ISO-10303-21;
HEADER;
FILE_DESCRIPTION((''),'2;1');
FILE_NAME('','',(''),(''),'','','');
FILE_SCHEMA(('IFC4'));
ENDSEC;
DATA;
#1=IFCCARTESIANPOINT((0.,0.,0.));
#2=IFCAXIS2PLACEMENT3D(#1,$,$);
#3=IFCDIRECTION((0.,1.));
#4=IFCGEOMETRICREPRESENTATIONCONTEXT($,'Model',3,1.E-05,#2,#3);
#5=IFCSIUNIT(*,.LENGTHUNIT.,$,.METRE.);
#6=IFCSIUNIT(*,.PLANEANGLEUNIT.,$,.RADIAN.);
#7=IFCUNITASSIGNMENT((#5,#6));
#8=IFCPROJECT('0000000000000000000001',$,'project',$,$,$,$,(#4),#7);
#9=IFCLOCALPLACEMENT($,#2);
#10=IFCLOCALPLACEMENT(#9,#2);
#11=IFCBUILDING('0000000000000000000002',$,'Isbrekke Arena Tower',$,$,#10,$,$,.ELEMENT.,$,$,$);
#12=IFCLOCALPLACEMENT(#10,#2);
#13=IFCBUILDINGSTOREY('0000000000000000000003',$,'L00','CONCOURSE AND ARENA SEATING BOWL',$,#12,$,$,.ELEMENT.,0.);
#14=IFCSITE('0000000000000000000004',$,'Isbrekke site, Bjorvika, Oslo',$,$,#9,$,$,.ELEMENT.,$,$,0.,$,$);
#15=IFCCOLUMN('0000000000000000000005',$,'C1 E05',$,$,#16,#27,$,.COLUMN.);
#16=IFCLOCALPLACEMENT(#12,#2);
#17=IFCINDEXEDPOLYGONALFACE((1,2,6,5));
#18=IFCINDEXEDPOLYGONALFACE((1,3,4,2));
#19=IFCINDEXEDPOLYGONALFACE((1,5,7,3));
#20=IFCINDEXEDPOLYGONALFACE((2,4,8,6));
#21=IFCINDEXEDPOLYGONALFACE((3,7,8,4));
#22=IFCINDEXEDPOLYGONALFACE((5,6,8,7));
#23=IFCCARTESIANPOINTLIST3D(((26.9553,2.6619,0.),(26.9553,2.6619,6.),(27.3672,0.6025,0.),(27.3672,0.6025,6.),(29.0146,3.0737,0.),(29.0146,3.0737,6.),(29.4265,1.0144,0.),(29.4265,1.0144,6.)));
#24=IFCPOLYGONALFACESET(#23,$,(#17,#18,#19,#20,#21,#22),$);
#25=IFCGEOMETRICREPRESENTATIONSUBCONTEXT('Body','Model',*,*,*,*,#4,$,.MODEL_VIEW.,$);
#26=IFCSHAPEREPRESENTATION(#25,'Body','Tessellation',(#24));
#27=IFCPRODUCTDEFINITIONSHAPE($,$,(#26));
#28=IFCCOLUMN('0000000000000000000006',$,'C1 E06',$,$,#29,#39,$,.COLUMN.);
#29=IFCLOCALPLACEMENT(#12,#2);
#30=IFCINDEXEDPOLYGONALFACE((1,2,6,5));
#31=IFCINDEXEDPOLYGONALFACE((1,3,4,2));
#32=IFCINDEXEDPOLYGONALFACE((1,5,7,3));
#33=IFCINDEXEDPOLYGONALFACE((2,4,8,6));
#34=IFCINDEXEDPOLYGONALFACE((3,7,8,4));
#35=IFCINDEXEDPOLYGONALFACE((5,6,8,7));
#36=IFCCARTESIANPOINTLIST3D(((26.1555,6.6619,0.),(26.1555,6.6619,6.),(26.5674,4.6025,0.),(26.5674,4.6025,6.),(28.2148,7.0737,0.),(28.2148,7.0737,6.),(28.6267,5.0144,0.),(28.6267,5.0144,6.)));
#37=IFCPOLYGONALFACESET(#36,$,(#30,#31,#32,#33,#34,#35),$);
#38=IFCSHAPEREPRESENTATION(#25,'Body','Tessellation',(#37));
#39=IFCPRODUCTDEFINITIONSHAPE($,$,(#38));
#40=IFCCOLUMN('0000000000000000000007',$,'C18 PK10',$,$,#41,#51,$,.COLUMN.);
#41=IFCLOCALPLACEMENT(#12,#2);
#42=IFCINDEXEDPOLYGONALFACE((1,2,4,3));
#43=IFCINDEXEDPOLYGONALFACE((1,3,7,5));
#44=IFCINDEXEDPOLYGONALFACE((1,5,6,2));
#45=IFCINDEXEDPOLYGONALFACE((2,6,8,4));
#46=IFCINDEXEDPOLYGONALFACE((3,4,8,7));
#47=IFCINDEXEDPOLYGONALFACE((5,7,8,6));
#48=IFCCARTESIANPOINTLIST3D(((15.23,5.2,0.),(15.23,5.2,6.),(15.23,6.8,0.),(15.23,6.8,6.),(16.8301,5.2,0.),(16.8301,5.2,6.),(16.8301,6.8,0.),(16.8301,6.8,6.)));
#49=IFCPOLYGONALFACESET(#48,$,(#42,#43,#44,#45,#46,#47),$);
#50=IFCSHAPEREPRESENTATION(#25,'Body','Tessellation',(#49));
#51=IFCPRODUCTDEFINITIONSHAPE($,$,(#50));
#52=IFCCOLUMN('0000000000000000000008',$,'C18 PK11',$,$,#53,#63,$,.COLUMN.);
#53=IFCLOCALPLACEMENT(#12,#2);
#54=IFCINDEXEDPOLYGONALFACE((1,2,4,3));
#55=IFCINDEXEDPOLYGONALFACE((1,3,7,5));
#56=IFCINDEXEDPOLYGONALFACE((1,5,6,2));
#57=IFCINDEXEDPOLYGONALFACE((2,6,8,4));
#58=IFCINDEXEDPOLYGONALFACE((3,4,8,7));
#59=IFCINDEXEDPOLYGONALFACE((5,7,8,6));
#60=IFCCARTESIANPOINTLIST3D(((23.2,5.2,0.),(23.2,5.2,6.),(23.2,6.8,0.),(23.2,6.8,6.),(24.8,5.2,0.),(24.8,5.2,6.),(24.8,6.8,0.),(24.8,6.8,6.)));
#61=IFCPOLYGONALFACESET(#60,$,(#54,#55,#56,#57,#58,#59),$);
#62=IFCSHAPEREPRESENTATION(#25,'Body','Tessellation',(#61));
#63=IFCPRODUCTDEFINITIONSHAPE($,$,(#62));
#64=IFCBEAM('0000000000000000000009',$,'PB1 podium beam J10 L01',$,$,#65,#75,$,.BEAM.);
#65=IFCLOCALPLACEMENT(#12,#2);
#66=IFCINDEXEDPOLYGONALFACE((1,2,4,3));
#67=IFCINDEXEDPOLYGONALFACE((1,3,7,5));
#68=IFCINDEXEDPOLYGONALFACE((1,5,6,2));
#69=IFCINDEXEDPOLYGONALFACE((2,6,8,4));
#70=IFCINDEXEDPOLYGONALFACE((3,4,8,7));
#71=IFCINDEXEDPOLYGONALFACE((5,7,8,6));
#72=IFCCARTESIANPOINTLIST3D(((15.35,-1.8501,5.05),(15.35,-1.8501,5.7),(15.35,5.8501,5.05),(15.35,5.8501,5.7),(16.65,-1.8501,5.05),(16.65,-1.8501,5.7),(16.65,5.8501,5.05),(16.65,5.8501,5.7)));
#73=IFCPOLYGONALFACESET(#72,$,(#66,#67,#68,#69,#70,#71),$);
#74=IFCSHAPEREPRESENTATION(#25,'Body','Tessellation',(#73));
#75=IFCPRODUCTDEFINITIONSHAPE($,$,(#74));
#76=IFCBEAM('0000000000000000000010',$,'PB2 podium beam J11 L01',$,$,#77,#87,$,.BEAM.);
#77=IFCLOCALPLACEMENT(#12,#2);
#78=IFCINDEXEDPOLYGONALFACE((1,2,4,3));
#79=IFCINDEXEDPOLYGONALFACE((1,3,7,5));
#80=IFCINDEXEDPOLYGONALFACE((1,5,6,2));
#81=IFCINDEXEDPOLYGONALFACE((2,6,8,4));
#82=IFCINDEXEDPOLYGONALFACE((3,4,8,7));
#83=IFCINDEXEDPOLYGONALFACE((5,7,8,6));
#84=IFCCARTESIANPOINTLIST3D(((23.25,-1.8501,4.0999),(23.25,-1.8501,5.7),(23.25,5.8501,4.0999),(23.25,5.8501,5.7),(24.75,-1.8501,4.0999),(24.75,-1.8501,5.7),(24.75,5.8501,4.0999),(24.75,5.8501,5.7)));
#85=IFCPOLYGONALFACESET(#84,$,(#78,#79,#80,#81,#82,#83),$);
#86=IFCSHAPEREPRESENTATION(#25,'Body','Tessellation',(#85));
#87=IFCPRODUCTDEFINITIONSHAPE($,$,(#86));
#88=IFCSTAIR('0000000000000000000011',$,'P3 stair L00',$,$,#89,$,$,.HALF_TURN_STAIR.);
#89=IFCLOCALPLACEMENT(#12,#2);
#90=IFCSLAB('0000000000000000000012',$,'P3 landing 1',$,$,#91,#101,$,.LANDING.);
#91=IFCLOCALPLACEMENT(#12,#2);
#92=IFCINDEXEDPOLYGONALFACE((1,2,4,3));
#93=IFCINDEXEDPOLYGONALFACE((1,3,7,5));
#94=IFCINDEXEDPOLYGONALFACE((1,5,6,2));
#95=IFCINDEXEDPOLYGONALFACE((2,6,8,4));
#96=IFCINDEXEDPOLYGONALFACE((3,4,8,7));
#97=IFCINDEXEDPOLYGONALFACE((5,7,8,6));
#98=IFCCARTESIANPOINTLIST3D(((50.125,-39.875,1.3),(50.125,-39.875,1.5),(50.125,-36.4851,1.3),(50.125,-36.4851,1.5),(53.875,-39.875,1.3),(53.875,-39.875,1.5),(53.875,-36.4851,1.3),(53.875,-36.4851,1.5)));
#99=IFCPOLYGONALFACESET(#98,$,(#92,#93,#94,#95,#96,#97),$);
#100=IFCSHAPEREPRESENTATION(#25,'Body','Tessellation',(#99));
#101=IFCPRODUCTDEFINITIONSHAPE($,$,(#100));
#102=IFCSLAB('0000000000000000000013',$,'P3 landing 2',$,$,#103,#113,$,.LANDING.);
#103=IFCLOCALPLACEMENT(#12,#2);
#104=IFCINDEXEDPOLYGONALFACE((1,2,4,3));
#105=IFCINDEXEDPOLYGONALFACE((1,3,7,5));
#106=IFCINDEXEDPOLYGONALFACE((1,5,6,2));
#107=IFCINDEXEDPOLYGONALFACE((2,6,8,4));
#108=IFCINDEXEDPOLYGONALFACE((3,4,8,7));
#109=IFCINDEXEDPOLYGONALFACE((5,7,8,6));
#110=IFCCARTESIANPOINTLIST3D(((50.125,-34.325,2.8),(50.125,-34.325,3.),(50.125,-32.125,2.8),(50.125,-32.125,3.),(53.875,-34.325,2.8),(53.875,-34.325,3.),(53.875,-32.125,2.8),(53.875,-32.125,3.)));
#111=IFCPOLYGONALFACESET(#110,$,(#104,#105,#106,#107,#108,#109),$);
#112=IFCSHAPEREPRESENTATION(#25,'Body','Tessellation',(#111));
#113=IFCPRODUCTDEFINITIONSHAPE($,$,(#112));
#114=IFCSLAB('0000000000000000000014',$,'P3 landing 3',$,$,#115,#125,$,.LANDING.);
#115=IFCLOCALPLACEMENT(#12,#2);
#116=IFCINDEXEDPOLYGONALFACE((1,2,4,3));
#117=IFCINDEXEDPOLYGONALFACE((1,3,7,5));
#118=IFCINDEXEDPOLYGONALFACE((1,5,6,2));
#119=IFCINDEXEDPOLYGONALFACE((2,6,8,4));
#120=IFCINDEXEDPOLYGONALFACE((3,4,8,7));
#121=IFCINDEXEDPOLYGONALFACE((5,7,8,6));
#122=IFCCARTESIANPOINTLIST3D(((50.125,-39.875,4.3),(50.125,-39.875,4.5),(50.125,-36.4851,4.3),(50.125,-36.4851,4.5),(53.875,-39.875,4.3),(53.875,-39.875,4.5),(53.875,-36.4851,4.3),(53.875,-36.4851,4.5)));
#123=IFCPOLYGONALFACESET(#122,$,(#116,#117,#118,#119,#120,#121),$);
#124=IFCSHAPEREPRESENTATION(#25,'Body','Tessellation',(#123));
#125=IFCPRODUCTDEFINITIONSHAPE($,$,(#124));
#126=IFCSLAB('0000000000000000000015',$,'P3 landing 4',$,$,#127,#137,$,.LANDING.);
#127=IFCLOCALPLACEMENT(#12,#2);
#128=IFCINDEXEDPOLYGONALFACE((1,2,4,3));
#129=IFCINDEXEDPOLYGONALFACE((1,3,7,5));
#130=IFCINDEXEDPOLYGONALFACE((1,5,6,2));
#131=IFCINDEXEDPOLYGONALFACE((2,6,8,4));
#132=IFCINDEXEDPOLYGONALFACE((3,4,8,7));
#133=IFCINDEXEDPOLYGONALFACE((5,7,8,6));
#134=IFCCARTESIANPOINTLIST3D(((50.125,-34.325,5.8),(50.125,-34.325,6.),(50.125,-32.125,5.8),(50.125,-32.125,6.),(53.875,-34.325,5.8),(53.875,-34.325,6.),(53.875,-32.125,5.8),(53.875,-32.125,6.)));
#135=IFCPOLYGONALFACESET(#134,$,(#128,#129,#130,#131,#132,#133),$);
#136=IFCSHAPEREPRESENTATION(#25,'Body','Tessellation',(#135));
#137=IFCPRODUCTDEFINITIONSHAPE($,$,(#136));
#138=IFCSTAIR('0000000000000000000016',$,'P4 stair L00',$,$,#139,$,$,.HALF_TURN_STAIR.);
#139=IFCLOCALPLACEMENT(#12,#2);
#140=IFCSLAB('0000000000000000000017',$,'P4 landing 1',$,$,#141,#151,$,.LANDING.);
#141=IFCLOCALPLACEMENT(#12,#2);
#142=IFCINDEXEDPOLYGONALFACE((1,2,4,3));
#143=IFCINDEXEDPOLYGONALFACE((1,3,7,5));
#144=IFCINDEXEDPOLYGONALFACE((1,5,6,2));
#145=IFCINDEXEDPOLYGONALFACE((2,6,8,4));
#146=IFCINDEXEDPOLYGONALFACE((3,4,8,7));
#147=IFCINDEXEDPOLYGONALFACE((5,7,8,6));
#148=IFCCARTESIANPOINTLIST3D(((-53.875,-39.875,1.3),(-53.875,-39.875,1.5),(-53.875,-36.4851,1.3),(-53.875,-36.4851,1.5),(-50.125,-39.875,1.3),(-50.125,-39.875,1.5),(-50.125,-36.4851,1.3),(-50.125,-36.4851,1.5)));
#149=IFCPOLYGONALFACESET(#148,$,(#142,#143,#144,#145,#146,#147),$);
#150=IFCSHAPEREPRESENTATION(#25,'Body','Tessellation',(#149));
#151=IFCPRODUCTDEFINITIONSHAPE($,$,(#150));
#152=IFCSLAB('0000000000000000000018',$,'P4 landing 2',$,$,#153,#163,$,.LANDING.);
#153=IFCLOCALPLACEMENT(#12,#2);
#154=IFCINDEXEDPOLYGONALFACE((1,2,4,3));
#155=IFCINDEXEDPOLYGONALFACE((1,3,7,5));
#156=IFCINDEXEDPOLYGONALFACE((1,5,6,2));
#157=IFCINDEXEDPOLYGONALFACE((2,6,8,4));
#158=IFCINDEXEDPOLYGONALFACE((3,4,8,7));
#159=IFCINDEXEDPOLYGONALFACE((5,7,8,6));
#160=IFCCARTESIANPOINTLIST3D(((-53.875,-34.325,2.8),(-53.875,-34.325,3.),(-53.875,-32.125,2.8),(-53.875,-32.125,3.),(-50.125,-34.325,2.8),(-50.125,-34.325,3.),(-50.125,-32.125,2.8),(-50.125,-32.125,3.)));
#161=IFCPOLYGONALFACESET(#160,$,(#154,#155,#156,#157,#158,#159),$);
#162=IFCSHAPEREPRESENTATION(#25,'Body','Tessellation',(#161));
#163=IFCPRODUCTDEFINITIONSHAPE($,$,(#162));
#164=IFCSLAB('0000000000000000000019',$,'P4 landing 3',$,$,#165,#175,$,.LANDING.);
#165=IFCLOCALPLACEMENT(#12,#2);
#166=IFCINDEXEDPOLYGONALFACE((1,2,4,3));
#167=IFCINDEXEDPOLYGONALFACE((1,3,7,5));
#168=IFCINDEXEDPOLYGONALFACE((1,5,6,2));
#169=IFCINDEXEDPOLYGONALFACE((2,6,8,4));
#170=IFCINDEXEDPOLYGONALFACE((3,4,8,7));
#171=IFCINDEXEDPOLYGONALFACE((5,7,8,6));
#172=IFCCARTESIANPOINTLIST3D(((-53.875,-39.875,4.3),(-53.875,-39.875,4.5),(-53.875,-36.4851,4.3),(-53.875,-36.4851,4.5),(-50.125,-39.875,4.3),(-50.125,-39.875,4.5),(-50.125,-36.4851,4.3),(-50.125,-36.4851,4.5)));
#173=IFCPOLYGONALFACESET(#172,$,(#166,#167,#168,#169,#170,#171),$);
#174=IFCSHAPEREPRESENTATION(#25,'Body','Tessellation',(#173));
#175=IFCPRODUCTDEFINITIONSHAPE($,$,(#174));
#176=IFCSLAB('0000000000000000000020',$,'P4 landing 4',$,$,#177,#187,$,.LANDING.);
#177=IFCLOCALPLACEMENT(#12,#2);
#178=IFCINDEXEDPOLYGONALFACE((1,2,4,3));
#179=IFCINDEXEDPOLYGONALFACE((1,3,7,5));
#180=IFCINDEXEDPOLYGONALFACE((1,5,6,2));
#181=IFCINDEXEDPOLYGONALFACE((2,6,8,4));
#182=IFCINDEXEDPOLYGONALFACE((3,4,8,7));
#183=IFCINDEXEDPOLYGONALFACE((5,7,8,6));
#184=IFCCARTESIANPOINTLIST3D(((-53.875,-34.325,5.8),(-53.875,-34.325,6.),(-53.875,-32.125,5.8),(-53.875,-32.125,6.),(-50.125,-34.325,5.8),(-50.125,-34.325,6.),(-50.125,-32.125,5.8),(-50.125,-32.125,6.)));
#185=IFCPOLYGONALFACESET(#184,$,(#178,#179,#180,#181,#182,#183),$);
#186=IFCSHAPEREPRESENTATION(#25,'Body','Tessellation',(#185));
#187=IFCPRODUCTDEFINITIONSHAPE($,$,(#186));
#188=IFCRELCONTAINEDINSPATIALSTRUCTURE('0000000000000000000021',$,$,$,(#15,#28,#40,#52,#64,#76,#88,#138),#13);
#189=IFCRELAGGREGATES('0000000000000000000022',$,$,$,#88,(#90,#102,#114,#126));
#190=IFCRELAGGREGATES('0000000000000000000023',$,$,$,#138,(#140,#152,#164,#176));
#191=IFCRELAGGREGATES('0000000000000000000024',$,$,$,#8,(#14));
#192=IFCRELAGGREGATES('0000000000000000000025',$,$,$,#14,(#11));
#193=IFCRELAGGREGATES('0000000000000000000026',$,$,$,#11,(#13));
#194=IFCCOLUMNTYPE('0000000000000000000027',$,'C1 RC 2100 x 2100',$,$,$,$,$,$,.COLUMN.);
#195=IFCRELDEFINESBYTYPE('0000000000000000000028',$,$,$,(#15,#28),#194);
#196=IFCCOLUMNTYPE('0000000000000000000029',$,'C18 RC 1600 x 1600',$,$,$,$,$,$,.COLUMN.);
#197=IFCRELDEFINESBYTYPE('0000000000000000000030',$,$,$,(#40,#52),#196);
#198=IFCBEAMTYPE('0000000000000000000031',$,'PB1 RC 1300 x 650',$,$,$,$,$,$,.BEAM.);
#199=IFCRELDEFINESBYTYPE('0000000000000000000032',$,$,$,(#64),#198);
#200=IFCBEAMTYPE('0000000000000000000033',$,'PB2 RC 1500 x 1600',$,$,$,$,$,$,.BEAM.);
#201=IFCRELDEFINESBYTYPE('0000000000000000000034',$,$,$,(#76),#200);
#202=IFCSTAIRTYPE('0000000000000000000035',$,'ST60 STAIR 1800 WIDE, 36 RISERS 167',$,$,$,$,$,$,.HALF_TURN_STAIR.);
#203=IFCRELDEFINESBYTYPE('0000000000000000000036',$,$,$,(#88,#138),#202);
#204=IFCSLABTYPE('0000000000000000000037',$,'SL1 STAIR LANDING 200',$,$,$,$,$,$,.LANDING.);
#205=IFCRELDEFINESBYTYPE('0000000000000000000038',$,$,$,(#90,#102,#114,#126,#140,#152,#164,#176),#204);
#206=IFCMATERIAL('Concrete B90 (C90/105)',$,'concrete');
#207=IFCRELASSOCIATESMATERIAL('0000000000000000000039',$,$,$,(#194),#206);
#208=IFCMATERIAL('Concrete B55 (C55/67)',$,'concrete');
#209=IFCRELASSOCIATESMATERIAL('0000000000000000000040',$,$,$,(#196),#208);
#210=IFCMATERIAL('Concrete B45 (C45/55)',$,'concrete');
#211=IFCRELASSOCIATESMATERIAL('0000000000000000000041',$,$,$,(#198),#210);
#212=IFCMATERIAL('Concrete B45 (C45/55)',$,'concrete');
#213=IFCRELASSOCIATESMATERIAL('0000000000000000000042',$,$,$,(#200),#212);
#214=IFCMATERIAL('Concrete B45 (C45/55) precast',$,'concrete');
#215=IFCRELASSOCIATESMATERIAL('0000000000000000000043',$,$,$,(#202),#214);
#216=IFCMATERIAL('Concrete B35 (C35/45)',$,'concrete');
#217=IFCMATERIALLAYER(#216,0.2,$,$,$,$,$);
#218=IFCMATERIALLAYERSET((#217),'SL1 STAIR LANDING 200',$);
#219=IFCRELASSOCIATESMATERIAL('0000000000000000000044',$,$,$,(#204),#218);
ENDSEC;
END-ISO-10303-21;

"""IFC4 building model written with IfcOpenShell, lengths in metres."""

from ifc_helpers import new_model, si_unit, direction, frame, origin, origin_2d, place, context, subcontext, project, spatial, polyline, rectangle, outline, extrude, material, layer, layer_set, material_profile, profile_set, type_object, element, aggregate, save


model = new_model("IFC4")

# Units and contexts
model_context = context("Model", 3, precision=1e-05, world=origin(), true_north=direction((0.0, 1.0)))
body_context = subcontext(model_context, "Body", "Model", "MODEL_VIEW")
ifc_project = project(units=[si_unit("LENGTHUNIT", "METRE"), si_unit("PLANEANGLEUNIT", "RADIAN")], contexts=[model_context])

# Site, building, storey
site_placement = place(None, origin())
site = spatial("IfcSite", under=ifc_project, at=site_placement, Name="Isbrekke site, Bjorvika, Oslo", CompositionType="ELEMENT", RefElevation=0.0)
building_placement = place(site_placement, origin())
building = spatial("IfcBuilding", under=site, at=building_placement, Name="Isbrekke Arena Tower", CompositionType="ELEMENT")
storey_placement = place(building_placement, origin())
storey = spatial("IfcBuildingStorey", under=building, at=storey_placement, Name="L00", Description="CONCOURSE AND ARENA SEATING BOWL", CompositionType="ELEMENT", Elevation=0.0)

# Columns
ifc_material_1 = material(Name="Concrete B90 (C90/105)", Category="concrete")
ifc_material_profile_1 = material_profile(ifc_material_1, rectangle(XDim=2.1001, YDim=2.1001, at=origin_2d()), Name="RC 2100x2100")
ifc_profile_set_1 = profile_set([ifc_material_profile_1], Name="Concrete B90 (C90/105)")
column_type_1 = type_object("IfcColumnType", Name="C1 RC 2100 x 2100", PredefinedType="COLUMN", material=ifc_profile_set_1)
for number, where, z_axis, x_axis, name in (
    (1, (28.1909, 1.8381, 0.0), (0.0, 0.0, 1.0), (-0.196116, 0.980581, 0.0), "C1 E05"),
    (2, (27.3911, 5.8381, 0.0), (0.0, 0.0, 1.0), (-0.196116, 0.980581, 0.0), "C1 E06"),
):
    element("IfcColumn", number, at=place(storey_placement, frame(where, z_axis=z_axis, x_axis=x_axis)), inside=storey, type_object=column_type_1, Name=name, PredefinedType="COLUMN", context=body_context, shape_type="SweptSolid", body=[
        extrude(rectangle(XDim=2.1001, YDim=2.1001, at=origin_2d()), origin(), (0.0, 0.0, 1.0), 6.0),
    ])
ifc_material_2 = material(Name="Concrete B55 (C55/67)", Category="concrete")
ifc_material_profile_2 = material_profile(ifc_material_2, rectangle(XDim=1.6001, YDim=1.6001, at=origin_2d()), Name="RC 1600x1600")
ifc_profile_set_2 = profile_set([ifc_material_profile_2], Name="Concrete B55 (C55/67)")
column_type_2 = type_object("IfcColumnType", Name="C18 RC 1600 x 1600", PredefinedType="COLUMN", material=ifc_profile_set_2)
for number, where, z_axis, x_axis, name in (
    (3, (16.03, 6.0, 0.0), (0.0, 0.0, 1.0), (1.0, 0.0, 0.0), "C18 PK10"),
    (4, (24.0, 6.0, 0.0), (0.0, 0.0, 1.0), (1.0, 0.0, 0.0), "C18 PK11"),
):
    element("IfcColumn", number, at=place(storey_placement, frame(where, z_axis=z_axis, x_axis=x_axis)), inside=storey, type_object=column_type_2, Name=name, PredefinedType="COLUMN", context=body_context, shape_type="SweptSolid", body=[
        extrude(rectangle(XDim=1.6001, YDim=1.6001, at=origin_2d()), origin(), (0.0, 0.0, 1.0), 6.0),
    ])

# Beams
ifc_material_3 = material(Name="Concrete B45 (C45/55)", Category="concrete")
ifc_material_profile_3 = material_profile(ifc_material_3, rectangle(XDim=1.3, YDim=0.6499, at=origin_2d()), Name="RC 1300x650")
ifc_profile_set_3 = profile_set([ifc_material_profile_3], Name="Concrete B45 (C45/55)")
beam_type_1 = type_object("IfcBeamType", Name="PB1 RC 1300 x 650", PredefinedType="BEAM", material=ifc_profile_set_3)
beam_1_placement = place(storey_placement, frame((16.0, -1.8501, 5.375), z_axis=(0.0, 1.0, 0.0), x_axis=(-1.0, 0.0, 0.0)))
element("IfcBeam", 5, at=beam_1_placement, inside=storey, type_object=beam_type_1, Name="PB1 podium beam J10 L01", PredefinedType="BEAM", context=body_context, shape_type="SweptSolid", body=[
    extrude(rectangle(XDim=1.3, YDim=0.6499, at=origin_2d()), origin(), (0.0, 0.0, 1.0), 7.7002),
])
ifc_material_4 = material(Name="Concrete B45 (C45/55)", Category="concrete")
ifc_material_profile_4 = material_profile(ifc_material_4, rectangle(XDim=1.5, YDim=1.6001, at=origin_2d()), Name="RC 1500x1600")
ifc_profile_set_4 = profile_set([ifc_material_profile_4], Name="Concrete B45 (C45/55)")
beam_type_2 = type_object("IfcBeamType", Name="PB2 RC 1500 x 1600", PredefinedType="BEAM", material=ifc_profile_set_4)
beam_2_placement = place(storey_placement, frame((24.0, -1.8501, 4.8999), z_axis=(0.0, 1.0, 0.0), x_axis=(-1.0, 0.0, 0.0)))
element("IfcBeam", 6, at=beam_2_placement, inside=storey, type_object=beam_type_2, Name="PB2 podium beam J11 L01", PredefinedType="BEAM", context=body_context, shape_type="SweptSolid", body=[
    extrude(rectangle(XDim=1.5, YDim=1.6001, at=origin_2d()), origin(), (0.0, 0.0, 1.0), 7.7002),
])

# Stairs, slabs
ifc_material_5 = material(Name="Concrete B45 (C45/55) precast", Category="concrete")
stair_type_1 = type_object("IfcStairType", Name="ST60 STAIR 1800 WIDE, 36 RISERS 167", PredefinedType="HALF_TURN_STAIR", material=ifc_material_5)
stair_1_placement = place(storey_placement, origin())
stair_1 = element("IfcStair", 7, at=stair_1_placement, inside=storey, type_object=stair_type_1, Name="P3 stair L00", PredefinedType="HALF_TURN_STAIR")
ifc_material_6 = material(Name="Concrete B35 (C35/45)", Category="concrete")
ifc_layer_1 = layer(ifc_material_6, 0.2)
ifc_layer_set_1 = layer_set([ifc_layer_1], Name="SL1 STAIR LANDING 200")
slab_type_1 = type_object("IfcSlabType", Name="SL1 STAIR LANDING 200", PredefinedType="LANDING", material=ifc_layer_set_1)
slab_1_placement = place(storey_placement, frame((0.0, 0.0, 1.3)))
slab_1 = element("IfcSlab", 8, at=slab_1_placement, type_object=slab_type_1, Name="P3 landing 1", PredefinedType="LANDING", context=body_context, shape_type="SweptSolid", body=[
    extrude(outline(polyline([(50.125, -39.875), (53.875, -39.875), (53.875, -36.4851), (50.125, -36.4851), (50.125, -39.875)])), origin(), (0.0, 0.0, 1.0), 0.2),
])
slab_2_placement = place(storey_placement, frame((0.0, 0.0, 2.8)))
slab_2 = element("IfcSlab", 9, at=slab_2_placement, type_object=slab_type_1, Name="P3 landing 2", PredefinedType="LANDING", context=body_context, shape_type="SweptSolid", body=[
    extrude(outline(polyline([(50.125, -34.325), (53.875, -34.325), (53.875, -32.125), (50.125, -32.125), (50.125, -34.325)])), origin(), (0.0, 0.0, 1.0), 0.2),
])
slab_3_placement = place(storey_placement, frame((0.0, 0.0, 4.3)))
slab_3 = element("IfcSlab", 10, at=slab_3_placement, type_object=slab_type_1, Name="P3 landing 3", PredefinedType="LANDING", context=body_context, shape_type="SweptSolid", body=[
    extrude(outline(polyline([(50.125, -39.875), (53.875, -39.875), (53.875, -36.4851), (50.125, -36.4851), (50.125, -39.875)])), origin(), (0.0, 0.0, 1.0), 0.2),
])
slab_4_placement = place(storey_placement, frame((0.0, 0.0, 5.8)))
slab_4 = element("IfcSlab", 11, at=slab_4_placement, type_object=slab_type_1, Name="P3 landing 4", PredefinedType="LANDING", context=body_context, shape_type="SweptSolid", body=[
    extrude(outline(polyline([(50.125, -34.325), (53.875, -34.325), (53.875, -32.125), (50.125, -32.125), (50.125, -34.325)])), origin(), (0.0, 0.0, 1.0), 0.2),
])
aggregate(stair_1, [slab_1, slab_2, slab_3, slab_4])
stair_2_placement = place(storey_placement, origin())
stair_2 = element("IfcStair", 12, at=stair_2_placement, inside=storey, type_object=stair_type_1, Name="P4 stair L00", PredefinedType="HALF_TURN_STAIR")
slab_5_placement = place(storey_placement, frame((0.0, 0.0, 1.3)))
slab_5 = element("IfcSlab", 13, at=slab_5_placement, type_object=slab_type_1, Name="P4 landing 1", PredefinedType="LANDING", context=body_context, shape_type="SweptSolid", body=[
    extrude(outline(polyline([(-53.875, -39.875), (-50.125, -39.875), (-50.125, -36.4851), (-53.875, -36.4851), (-53.875, -39.875)])), origin(), (0.0, 0.0, 1.0), 0.2),
])
slab_6_placement = place(storey_placement, frame((0.0, 0.0, 2.8)))
slab_6 = element("IfcSlab", 14, at=slab_6_placement, type_object=slab_type_1, Name="P4 landing 2", PredefinedType="LANDING", context=body_context, shape_type="SweptSolid", body=[
    extrude(outline(polyline([(-53.875, -34.325), (-50.125, -34.325), (-50.125, -32.125), (-53.875, -32.125), (-53.875, -34.325)])), origin(), (0.0, 0.0, 1.0), 0.2),
])
slab_7_placement = place(storey_placement, frame((0.0, 0.0, 4.3)))
slab_7 = element("IfcSlab", 15, at=slab_7_placement, type_object=slab_type_1, Name="P4 landing 3", PredefinedType="LANDING", context=body_context, shape_type="SweptSolid", body=[
    extrude(outline(polyline([(-53.875, -39.875), (-50.125, -39.875), (-50.125, -36.4851), (-53.875, -36.4851), (-53.875, -39.875)])), origin(), (0.0, 0.0, 1.0), 0.2),
])
slab_8_placement = place(storey_placement, frame((0.0, 0.0, 5.8)))
slab_8 = element("IfcSlab", 16, at=slab_8_placement, type_object=slab_type_1, Name="P4 landing 4", PredefinedType="LANDING", context=body_context, shape_type="SweptSolid", body=[
    extrude(outline(polyline([(-53.875, -34.325), (-50.125, -34.325), (-50.125, -32.125), (-53.875, -32.125), (-53.875, -34.325)])), origin(), (0.0, 0.0, 1.0), 0.2),
])
aggregate(stair_2, [slab_5, slab_6, slab_7, slab_8])

save(model, "model.ifc")
